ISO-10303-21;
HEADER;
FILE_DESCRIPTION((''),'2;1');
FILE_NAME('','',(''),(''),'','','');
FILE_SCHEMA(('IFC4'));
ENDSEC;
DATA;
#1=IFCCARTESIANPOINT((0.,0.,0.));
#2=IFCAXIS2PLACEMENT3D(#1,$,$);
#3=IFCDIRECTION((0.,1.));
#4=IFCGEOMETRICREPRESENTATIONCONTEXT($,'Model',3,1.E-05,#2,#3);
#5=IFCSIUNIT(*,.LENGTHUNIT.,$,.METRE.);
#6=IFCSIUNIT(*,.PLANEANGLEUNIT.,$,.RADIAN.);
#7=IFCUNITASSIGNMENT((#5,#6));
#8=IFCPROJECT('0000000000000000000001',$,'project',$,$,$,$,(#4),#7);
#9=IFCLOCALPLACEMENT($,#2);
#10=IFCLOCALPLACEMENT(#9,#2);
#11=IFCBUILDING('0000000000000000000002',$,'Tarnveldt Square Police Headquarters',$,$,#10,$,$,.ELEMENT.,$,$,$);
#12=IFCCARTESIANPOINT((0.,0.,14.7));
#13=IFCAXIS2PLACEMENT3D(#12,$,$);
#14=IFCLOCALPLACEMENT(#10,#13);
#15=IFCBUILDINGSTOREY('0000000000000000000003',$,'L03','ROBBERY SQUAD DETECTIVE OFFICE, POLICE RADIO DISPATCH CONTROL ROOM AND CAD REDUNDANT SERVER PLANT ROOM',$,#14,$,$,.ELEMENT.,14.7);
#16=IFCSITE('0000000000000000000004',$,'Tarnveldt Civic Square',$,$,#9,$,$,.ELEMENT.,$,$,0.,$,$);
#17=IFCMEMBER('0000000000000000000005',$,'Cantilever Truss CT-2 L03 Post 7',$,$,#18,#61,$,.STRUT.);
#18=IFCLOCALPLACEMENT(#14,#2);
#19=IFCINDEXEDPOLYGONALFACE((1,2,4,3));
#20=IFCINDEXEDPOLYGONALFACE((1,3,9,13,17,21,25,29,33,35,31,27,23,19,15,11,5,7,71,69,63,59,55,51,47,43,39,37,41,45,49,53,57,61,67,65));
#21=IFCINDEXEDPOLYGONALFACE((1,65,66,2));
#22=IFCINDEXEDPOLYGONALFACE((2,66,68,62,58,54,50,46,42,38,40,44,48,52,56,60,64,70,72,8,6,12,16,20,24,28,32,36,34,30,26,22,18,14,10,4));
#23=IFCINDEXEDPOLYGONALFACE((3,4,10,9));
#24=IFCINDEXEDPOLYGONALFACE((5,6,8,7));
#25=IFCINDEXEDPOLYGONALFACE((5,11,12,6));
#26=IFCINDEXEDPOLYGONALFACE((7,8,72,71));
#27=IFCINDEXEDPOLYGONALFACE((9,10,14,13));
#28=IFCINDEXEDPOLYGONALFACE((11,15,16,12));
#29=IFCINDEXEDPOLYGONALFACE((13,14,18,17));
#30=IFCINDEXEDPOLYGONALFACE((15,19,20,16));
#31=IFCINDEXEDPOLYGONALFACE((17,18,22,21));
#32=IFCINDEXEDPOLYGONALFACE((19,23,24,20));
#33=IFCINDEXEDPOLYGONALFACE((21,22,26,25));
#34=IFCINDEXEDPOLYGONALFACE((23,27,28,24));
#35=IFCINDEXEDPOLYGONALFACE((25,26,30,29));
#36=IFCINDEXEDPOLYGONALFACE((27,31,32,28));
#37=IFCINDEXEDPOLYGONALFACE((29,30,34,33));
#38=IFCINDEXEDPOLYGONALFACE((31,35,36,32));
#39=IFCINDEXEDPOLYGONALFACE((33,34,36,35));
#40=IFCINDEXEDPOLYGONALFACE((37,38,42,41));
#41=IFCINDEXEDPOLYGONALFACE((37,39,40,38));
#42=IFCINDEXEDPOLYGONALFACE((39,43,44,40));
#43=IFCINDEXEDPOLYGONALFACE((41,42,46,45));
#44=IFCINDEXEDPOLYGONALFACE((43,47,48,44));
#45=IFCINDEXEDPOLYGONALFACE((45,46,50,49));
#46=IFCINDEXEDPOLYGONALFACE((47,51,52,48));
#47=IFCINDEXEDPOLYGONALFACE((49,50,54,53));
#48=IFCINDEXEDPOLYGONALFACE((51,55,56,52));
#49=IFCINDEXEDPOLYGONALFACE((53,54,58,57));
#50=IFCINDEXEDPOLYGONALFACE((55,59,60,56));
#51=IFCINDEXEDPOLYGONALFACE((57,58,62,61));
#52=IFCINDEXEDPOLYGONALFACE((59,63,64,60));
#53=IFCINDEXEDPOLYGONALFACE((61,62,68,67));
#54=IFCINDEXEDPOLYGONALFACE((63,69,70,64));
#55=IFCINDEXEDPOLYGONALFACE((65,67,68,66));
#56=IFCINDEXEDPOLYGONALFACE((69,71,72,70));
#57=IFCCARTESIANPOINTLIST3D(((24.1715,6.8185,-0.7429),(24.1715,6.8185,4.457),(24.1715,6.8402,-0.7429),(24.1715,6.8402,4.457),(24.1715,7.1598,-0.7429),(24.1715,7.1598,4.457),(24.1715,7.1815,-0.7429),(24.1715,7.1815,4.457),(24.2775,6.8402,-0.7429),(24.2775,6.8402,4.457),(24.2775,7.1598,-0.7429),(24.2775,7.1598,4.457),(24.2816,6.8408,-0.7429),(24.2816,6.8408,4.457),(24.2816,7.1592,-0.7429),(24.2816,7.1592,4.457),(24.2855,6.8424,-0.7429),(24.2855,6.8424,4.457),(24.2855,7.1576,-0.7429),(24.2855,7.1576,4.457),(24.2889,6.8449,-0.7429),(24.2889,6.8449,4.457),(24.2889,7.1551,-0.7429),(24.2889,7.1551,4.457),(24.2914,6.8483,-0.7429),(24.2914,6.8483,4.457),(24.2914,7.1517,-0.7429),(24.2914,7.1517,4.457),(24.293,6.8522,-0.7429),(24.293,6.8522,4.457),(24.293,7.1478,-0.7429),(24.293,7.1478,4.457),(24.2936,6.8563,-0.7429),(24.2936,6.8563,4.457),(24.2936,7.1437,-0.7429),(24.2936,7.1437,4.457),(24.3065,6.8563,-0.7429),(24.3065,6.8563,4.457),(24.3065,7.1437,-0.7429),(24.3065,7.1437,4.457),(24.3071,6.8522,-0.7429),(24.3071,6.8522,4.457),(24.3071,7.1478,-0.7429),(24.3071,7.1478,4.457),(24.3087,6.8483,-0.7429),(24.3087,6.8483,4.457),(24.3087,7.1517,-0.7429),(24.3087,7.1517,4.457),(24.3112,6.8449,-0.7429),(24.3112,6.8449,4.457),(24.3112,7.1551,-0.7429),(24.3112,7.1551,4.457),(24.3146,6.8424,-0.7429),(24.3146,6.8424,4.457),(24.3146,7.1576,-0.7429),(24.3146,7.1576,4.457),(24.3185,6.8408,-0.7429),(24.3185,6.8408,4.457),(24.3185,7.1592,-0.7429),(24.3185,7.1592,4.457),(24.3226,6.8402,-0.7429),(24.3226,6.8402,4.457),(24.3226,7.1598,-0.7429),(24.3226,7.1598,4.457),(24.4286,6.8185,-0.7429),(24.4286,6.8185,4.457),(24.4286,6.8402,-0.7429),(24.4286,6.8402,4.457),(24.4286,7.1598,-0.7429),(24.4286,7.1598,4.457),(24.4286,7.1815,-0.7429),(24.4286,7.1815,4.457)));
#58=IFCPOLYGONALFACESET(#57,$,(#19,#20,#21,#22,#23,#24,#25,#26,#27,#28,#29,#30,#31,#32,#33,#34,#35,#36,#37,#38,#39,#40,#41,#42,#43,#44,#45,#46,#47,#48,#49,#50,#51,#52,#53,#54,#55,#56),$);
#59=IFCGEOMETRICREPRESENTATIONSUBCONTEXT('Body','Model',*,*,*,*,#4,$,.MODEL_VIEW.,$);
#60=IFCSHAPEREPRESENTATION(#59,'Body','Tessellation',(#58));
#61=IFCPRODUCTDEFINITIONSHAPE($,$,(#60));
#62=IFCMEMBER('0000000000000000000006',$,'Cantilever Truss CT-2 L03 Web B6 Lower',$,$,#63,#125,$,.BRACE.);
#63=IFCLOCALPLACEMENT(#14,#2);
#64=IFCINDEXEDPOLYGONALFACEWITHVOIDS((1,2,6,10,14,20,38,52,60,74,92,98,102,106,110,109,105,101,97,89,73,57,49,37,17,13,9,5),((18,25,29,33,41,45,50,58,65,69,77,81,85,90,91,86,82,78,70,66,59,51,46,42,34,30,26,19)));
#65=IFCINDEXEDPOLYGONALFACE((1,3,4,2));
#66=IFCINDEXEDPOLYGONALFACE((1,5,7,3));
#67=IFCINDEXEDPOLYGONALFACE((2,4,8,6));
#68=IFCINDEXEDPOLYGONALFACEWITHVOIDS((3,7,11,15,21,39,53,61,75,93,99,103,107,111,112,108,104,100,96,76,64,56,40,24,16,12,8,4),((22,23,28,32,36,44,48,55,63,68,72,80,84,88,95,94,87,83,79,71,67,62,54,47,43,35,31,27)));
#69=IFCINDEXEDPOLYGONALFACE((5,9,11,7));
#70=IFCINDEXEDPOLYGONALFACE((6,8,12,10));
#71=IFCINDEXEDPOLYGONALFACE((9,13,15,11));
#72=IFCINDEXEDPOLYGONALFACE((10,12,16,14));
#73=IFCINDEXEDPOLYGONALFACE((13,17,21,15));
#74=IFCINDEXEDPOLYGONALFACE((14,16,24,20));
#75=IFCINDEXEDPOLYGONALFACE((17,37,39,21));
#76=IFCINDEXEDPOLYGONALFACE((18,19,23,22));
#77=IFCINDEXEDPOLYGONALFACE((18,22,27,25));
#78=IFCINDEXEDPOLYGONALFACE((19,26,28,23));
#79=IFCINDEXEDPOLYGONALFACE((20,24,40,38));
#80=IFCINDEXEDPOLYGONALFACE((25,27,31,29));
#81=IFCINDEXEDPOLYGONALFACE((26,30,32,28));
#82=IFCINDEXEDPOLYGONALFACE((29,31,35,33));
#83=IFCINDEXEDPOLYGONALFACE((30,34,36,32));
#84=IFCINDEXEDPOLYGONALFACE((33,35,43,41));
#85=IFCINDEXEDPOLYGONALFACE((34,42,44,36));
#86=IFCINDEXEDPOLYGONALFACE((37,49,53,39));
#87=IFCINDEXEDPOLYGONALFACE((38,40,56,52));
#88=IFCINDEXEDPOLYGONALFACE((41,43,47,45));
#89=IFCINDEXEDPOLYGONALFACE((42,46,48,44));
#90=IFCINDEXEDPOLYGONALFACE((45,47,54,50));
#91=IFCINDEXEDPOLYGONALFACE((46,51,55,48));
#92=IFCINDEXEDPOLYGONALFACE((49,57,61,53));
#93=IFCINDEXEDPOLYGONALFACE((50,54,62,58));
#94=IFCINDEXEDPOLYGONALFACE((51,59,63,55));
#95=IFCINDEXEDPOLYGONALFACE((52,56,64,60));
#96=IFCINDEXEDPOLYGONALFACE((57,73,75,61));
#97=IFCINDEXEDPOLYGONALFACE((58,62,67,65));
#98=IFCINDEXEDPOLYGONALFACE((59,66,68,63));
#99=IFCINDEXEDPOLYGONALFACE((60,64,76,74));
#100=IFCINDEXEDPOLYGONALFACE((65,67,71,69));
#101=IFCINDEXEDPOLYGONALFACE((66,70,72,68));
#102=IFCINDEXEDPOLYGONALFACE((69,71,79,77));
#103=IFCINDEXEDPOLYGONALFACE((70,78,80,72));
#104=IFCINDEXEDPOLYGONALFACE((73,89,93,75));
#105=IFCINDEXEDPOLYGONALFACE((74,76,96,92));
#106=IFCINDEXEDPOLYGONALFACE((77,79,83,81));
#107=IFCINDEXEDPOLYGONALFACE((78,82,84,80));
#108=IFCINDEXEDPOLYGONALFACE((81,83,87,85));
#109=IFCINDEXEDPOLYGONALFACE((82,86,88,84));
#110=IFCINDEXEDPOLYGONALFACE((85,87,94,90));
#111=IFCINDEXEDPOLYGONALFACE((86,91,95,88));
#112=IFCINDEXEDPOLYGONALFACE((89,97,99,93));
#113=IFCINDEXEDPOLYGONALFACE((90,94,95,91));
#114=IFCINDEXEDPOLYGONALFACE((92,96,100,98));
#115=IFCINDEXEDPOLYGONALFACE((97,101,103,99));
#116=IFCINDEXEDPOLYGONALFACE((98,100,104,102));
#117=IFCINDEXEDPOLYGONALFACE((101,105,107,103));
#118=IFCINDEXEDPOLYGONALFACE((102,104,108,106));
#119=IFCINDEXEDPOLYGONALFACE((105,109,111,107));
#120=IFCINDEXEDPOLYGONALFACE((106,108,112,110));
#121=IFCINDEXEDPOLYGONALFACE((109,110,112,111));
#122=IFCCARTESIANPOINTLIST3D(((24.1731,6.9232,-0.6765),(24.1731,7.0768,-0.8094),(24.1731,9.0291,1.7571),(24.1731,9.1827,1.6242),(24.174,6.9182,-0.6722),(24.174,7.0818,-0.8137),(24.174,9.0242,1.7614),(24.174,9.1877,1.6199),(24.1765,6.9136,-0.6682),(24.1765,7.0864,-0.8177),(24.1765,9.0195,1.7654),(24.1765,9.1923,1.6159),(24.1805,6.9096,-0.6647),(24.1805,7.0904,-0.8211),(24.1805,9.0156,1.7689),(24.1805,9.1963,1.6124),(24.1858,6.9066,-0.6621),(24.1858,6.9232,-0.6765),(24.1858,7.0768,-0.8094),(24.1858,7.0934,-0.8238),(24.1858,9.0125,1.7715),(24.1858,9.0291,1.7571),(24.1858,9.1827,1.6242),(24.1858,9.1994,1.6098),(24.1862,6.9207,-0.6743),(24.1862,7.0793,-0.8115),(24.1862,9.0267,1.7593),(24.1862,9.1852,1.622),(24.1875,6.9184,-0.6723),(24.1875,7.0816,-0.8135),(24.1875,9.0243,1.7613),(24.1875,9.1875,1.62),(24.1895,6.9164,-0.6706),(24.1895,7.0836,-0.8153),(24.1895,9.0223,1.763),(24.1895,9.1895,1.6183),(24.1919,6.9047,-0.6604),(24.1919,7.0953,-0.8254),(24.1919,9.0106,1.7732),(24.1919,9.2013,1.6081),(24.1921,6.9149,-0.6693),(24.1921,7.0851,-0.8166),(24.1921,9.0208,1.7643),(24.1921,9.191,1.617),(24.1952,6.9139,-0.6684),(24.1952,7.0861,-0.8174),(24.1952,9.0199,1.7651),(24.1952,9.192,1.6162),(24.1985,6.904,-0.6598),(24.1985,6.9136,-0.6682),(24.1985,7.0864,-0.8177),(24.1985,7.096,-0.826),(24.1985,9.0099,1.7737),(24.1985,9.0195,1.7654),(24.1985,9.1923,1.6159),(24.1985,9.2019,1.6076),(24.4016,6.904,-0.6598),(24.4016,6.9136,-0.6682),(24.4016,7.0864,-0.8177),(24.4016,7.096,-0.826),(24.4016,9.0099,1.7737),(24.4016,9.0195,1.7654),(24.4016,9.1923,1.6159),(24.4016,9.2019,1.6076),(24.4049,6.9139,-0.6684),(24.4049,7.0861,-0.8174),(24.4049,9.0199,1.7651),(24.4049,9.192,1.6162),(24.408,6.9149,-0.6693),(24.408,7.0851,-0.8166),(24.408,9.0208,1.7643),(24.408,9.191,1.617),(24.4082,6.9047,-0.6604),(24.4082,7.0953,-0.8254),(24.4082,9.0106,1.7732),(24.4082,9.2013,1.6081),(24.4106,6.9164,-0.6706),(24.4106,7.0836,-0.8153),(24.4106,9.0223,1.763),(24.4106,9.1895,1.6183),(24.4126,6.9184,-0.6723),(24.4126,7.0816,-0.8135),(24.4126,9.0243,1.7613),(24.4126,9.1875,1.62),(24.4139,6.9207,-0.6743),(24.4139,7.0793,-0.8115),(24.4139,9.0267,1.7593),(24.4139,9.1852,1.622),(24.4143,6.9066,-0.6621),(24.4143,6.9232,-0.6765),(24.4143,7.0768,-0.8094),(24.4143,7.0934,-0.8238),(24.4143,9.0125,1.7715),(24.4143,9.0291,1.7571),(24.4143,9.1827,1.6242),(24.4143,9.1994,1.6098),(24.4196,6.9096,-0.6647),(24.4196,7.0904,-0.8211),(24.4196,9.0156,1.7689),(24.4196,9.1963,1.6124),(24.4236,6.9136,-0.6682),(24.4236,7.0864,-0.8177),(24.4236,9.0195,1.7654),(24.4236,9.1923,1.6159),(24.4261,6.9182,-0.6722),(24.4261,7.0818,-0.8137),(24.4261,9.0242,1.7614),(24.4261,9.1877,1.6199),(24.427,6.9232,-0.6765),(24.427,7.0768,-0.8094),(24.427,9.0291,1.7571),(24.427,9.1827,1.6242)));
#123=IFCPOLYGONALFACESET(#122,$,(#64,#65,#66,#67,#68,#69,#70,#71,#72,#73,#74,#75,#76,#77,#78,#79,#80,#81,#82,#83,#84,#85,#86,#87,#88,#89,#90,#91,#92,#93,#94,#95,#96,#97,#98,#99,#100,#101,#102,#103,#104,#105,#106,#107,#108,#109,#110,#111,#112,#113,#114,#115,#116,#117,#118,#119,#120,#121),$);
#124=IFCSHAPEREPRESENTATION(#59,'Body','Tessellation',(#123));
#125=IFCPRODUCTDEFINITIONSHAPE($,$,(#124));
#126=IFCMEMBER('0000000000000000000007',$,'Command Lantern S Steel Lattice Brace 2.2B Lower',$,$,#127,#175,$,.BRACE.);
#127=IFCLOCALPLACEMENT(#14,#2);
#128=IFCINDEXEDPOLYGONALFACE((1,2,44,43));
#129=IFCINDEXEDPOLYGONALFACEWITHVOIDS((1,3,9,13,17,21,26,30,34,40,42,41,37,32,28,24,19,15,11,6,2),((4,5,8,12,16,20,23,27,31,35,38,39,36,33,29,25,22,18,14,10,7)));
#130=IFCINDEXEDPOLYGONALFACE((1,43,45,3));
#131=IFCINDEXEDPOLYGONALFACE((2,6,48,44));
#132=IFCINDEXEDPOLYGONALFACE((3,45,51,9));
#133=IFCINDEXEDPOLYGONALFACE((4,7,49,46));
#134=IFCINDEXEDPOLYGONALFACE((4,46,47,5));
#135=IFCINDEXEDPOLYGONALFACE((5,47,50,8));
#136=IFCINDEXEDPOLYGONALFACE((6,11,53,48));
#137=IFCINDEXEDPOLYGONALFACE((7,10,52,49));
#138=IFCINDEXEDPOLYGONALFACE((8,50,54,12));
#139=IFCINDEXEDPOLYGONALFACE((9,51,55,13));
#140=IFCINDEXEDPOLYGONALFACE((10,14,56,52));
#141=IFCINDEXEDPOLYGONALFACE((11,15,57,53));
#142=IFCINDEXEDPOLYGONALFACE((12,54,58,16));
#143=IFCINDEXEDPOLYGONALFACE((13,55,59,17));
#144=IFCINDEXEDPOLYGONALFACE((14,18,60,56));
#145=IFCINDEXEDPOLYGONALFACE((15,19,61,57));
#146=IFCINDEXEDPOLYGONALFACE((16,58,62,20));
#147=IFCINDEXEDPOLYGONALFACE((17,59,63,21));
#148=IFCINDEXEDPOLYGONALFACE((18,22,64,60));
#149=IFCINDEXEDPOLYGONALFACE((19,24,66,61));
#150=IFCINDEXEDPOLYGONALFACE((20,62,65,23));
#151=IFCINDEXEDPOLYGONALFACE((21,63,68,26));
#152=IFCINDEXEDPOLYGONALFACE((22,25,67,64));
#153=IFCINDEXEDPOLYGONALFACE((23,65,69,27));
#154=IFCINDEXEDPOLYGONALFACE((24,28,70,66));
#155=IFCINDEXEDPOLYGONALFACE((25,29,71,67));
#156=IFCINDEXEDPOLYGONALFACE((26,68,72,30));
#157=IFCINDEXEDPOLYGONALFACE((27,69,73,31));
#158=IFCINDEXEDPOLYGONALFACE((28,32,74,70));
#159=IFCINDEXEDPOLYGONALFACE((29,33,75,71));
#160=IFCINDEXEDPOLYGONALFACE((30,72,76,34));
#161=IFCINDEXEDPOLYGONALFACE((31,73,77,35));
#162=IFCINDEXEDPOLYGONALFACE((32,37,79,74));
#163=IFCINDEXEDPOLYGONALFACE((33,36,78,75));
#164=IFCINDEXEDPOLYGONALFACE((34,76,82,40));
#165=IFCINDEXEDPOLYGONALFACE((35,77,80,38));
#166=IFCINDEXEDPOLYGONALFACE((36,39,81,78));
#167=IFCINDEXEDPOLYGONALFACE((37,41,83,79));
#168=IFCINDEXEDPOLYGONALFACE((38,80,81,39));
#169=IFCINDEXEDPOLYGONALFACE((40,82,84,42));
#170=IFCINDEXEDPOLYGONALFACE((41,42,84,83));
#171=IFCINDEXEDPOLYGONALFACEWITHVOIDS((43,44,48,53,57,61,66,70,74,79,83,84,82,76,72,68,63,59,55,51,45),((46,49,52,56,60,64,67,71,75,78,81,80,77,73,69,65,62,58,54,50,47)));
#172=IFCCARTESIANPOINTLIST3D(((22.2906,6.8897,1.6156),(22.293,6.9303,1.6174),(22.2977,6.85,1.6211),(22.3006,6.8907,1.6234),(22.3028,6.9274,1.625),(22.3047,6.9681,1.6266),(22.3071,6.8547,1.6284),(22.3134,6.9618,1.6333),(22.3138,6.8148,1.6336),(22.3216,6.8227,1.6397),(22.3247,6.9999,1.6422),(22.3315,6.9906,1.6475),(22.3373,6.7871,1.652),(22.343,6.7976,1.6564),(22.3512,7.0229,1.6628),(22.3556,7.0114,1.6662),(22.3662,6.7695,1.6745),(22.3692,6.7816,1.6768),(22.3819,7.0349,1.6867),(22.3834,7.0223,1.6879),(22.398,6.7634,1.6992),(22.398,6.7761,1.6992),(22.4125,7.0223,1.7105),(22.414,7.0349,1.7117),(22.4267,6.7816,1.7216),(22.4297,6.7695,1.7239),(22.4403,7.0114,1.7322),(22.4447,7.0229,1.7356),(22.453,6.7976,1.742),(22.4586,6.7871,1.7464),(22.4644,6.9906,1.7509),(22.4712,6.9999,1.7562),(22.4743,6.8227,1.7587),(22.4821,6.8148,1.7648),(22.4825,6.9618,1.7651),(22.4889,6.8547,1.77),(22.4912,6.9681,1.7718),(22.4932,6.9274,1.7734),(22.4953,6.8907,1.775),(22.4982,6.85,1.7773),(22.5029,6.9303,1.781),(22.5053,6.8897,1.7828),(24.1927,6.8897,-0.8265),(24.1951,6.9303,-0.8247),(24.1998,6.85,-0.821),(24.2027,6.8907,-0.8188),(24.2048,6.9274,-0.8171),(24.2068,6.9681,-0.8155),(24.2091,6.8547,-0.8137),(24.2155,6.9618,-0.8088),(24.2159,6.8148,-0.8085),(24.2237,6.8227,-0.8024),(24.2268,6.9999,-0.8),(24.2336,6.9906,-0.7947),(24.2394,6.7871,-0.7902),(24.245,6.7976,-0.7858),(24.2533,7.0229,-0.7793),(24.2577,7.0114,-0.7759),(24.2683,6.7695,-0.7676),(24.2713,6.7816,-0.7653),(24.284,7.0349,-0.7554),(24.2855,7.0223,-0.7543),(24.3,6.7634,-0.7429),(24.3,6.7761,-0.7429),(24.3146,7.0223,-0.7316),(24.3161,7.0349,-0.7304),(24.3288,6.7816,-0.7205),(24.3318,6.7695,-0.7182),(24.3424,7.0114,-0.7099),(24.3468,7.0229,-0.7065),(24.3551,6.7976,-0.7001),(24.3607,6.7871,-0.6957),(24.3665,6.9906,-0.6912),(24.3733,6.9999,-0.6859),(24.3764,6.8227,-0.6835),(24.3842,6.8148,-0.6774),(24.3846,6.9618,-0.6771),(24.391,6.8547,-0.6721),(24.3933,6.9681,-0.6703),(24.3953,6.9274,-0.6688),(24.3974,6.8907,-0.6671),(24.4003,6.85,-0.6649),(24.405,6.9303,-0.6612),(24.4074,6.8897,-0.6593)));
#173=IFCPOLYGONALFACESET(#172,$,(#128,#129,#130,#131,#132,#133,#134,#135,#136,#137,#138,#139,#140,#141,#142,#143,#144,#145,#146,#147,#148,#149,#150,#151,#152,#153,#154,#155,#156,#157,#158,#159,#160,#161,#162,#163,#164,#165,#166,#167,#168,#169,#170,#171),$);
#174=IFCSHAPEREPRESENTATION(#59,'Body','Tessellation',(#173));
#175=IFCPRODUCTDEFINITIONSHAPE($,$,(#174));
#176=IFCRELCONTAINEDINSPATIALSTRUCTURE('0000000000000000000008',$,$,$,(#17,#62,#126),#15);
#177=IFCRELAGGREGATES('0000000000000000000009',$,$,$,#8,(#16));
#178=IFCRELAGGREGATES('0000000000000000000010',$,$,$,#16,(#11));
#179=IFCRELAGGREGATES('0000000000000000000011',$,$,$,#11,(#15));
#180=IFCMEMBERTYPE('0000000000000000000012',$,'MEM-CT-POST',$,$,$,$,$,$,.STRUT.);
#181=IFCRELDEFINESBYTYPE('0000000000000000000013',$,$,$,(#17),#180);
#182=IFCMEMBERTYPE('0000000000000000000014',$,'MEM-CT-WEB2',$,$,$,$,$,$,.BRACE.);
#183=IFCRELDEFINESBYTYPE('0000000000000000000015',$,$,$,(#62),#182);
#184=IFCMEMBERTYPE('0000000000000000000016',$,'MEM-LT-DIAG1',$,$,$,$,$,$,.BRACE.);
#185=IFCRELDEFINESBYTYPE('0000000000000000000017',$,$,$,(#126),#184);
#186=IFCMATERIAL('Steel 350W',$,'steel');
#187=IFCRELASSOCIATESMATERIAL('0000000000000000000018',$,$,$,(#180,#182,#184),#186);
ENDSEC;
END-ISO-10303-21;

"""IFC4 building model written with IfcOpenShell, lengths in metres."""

from ifc_helpers import new_model, si_unit, direction, frame, origin, origin_2d, place, context, subcontext, project, spatial, hollow_rectangle, hollow_circle, i_section, extrude, material, material_profile, profile_set, type_object, element, save


model = new_model("IFC4")

# Units and contexts
model_context = context("Model", 3, precision=1e-05, world=origin(), true_north=direction((0.0, 1.0)))
body_context = subcontext(model_context, "Body", "Model", "MODEL_VIEW")
ifc_project = project(units=[si_unit("LENGTHUNIT", "METRE"), si_unit("PLANEANGLEUNIT", "RADIAN")], contexts=[model_context])

# Site, building, storey
site_placement = place(None, origin())
site = spatial("IfcSite", under=ifc_project, at=site_placement, Name="Tarnveldt Civic Square", CompositionType="ELEMENT", RefElevation=0.0)
building_placement = place(site_placement, origin())
building = spatial("IfcBuilding", under=site, at=building_placement, Name="Tarnveldt Square Police Headquarters", CompositionType="ELEMENT")
storey_placement = place(building_placement, frame((0.0, 0.0, 14.7)))
storey = spatial("IfcBuildingStorey", under=building, at=storey_placement, Name="L03", Description="ROBBERY SQUAD DETECTIVE OFFICE, POLICE RADIO DISPATCH CONTROL ROOM AND CAD REDUNDANT SERVER PLANT ROOM", CompositionType="ELEMENT", Elevation=14.7)

# Members
ifc_material_1 = material(Name="Steel 350W", Category="steel")
ifc_material_profile_1 = material_profile(ifc_material_1, i_section(OverallWidth=0.2571, OverallDepth=0.363, WebThickness=0.0129, FlangeThickness=0.0217, FilletRadius=0.0161, at=origin_2d()), Name="W360x122")
ifc_profile_set_1 = profile_set([ifc_material_profile_1], Name="Steel 350W")
member_type_1 = type_object("IfcMemberType", Name="MEM-CT-POST", PredefinedType="STRUT", material=ifc_profile_set_1)
member_1_placement = place(storey_placement, frame((24.3, 7.0, -0.7429), z_axis=(0.0, 0.0, 1.0), x_axis=(1.0, 0.0, 0.0)))
element("IfcMember", 1, at=member_1_placement, inside=storey, type_object=member_type_1, Name="Cantilever Truss CT-2 L03 Post 7", PredefinedType="STRUT", context=body_context, shape_type="SweptSolid", body=[
    extrude(i_section(OverallWidth=0.2571, OverallDepth=0.363, WebThickness=0.0129, FlangeThickness=0.0217, FilletRadius=0.0161, at=origin_2d()), origin(), (0.0, 0.0, 1.0), 5.2),
])
ifc_material_profile_2 = material_profile(ifc_material_1, hollow_rectangle(XDim=0.2539, YDim=0.2539, WallThickness=0.0127, InnerFilletRadius=0.0127, OuterFilletRadius=0.0254, at=origin_2d()), Name="HSS254x254x13")
ifc_profile_set_2 = profile_set([ifc_material_profile_2], Name="Steel 350W")
member_type_2 = type_object("IfcMemberType", Name="MEM-CT-WEB2", PredefinedType="BRACE", material=ifc_profile_set_2)
member_2_placement = place(storey_placement, frame((24.3, 7.0, -0.7429), z_axis=(0.0, 0.65437, 0.756174), x_axis=(-1.0, 0.0, 0.0)))
element("IfcMember", 2, at=member_2_placement, inside=storey, type_object=member_type_2, Name="Cantilever Truss CT-2 L03 Web B6 Lower", PredefinedType="BRACE", context=body_context, shape_type="SweptSolid", body=[
    extrude(hollow_rectangle(XDim=0.2539, YDim=0.2539, WallThickness=0.0127, InnerFilletRadius=0.0127, OuterFilletRadius=0.0254, at=origin_2d()), origin(), (0.0, 0.0, 1.0), 3.2183),
])
ifc_material_profile_3 = material_profile(ifc_material_1, hollow_circle(Radius=0.1365, WallThickness=0.0127, at=origin_2d()), Name="HSS273x13")
ifc_profile_set_3 = profile_set([ifc_material_profile_3], Name="Steel 350W")
member_type_3 = type_object("IfcMemberType", Name="MEM-LT-DIAG1", PredefinedType="BRACE", material=ifc_profile_set_3)
for number, where, z_axis, x_axis, name in (
    (3, (24.3, 6.8999, -0.7429), (-0.614476, 0.0, 0.788936), (0.0, -1.0, 0.0), "Command Lantern S Steel Lattice Brace 2.2B Lower"),
):
    element("IfcMember", number, at=place(storey_placement, frame(where, z_axis=z_axis, x_axis=x_axis)), inside=storey, type_object=member_type_3, Name=name, PredefinedType="BRACE", context=body_context, shape_type="SweptSolid", body=[
        extrude(hollow_circle(Radius=0.1365, WallThickness=0.0127, at=origin_2d()), origin(), (0.0, 0.0, 1.0), 3.0955),
    ])

save(model, "model.ifc")
